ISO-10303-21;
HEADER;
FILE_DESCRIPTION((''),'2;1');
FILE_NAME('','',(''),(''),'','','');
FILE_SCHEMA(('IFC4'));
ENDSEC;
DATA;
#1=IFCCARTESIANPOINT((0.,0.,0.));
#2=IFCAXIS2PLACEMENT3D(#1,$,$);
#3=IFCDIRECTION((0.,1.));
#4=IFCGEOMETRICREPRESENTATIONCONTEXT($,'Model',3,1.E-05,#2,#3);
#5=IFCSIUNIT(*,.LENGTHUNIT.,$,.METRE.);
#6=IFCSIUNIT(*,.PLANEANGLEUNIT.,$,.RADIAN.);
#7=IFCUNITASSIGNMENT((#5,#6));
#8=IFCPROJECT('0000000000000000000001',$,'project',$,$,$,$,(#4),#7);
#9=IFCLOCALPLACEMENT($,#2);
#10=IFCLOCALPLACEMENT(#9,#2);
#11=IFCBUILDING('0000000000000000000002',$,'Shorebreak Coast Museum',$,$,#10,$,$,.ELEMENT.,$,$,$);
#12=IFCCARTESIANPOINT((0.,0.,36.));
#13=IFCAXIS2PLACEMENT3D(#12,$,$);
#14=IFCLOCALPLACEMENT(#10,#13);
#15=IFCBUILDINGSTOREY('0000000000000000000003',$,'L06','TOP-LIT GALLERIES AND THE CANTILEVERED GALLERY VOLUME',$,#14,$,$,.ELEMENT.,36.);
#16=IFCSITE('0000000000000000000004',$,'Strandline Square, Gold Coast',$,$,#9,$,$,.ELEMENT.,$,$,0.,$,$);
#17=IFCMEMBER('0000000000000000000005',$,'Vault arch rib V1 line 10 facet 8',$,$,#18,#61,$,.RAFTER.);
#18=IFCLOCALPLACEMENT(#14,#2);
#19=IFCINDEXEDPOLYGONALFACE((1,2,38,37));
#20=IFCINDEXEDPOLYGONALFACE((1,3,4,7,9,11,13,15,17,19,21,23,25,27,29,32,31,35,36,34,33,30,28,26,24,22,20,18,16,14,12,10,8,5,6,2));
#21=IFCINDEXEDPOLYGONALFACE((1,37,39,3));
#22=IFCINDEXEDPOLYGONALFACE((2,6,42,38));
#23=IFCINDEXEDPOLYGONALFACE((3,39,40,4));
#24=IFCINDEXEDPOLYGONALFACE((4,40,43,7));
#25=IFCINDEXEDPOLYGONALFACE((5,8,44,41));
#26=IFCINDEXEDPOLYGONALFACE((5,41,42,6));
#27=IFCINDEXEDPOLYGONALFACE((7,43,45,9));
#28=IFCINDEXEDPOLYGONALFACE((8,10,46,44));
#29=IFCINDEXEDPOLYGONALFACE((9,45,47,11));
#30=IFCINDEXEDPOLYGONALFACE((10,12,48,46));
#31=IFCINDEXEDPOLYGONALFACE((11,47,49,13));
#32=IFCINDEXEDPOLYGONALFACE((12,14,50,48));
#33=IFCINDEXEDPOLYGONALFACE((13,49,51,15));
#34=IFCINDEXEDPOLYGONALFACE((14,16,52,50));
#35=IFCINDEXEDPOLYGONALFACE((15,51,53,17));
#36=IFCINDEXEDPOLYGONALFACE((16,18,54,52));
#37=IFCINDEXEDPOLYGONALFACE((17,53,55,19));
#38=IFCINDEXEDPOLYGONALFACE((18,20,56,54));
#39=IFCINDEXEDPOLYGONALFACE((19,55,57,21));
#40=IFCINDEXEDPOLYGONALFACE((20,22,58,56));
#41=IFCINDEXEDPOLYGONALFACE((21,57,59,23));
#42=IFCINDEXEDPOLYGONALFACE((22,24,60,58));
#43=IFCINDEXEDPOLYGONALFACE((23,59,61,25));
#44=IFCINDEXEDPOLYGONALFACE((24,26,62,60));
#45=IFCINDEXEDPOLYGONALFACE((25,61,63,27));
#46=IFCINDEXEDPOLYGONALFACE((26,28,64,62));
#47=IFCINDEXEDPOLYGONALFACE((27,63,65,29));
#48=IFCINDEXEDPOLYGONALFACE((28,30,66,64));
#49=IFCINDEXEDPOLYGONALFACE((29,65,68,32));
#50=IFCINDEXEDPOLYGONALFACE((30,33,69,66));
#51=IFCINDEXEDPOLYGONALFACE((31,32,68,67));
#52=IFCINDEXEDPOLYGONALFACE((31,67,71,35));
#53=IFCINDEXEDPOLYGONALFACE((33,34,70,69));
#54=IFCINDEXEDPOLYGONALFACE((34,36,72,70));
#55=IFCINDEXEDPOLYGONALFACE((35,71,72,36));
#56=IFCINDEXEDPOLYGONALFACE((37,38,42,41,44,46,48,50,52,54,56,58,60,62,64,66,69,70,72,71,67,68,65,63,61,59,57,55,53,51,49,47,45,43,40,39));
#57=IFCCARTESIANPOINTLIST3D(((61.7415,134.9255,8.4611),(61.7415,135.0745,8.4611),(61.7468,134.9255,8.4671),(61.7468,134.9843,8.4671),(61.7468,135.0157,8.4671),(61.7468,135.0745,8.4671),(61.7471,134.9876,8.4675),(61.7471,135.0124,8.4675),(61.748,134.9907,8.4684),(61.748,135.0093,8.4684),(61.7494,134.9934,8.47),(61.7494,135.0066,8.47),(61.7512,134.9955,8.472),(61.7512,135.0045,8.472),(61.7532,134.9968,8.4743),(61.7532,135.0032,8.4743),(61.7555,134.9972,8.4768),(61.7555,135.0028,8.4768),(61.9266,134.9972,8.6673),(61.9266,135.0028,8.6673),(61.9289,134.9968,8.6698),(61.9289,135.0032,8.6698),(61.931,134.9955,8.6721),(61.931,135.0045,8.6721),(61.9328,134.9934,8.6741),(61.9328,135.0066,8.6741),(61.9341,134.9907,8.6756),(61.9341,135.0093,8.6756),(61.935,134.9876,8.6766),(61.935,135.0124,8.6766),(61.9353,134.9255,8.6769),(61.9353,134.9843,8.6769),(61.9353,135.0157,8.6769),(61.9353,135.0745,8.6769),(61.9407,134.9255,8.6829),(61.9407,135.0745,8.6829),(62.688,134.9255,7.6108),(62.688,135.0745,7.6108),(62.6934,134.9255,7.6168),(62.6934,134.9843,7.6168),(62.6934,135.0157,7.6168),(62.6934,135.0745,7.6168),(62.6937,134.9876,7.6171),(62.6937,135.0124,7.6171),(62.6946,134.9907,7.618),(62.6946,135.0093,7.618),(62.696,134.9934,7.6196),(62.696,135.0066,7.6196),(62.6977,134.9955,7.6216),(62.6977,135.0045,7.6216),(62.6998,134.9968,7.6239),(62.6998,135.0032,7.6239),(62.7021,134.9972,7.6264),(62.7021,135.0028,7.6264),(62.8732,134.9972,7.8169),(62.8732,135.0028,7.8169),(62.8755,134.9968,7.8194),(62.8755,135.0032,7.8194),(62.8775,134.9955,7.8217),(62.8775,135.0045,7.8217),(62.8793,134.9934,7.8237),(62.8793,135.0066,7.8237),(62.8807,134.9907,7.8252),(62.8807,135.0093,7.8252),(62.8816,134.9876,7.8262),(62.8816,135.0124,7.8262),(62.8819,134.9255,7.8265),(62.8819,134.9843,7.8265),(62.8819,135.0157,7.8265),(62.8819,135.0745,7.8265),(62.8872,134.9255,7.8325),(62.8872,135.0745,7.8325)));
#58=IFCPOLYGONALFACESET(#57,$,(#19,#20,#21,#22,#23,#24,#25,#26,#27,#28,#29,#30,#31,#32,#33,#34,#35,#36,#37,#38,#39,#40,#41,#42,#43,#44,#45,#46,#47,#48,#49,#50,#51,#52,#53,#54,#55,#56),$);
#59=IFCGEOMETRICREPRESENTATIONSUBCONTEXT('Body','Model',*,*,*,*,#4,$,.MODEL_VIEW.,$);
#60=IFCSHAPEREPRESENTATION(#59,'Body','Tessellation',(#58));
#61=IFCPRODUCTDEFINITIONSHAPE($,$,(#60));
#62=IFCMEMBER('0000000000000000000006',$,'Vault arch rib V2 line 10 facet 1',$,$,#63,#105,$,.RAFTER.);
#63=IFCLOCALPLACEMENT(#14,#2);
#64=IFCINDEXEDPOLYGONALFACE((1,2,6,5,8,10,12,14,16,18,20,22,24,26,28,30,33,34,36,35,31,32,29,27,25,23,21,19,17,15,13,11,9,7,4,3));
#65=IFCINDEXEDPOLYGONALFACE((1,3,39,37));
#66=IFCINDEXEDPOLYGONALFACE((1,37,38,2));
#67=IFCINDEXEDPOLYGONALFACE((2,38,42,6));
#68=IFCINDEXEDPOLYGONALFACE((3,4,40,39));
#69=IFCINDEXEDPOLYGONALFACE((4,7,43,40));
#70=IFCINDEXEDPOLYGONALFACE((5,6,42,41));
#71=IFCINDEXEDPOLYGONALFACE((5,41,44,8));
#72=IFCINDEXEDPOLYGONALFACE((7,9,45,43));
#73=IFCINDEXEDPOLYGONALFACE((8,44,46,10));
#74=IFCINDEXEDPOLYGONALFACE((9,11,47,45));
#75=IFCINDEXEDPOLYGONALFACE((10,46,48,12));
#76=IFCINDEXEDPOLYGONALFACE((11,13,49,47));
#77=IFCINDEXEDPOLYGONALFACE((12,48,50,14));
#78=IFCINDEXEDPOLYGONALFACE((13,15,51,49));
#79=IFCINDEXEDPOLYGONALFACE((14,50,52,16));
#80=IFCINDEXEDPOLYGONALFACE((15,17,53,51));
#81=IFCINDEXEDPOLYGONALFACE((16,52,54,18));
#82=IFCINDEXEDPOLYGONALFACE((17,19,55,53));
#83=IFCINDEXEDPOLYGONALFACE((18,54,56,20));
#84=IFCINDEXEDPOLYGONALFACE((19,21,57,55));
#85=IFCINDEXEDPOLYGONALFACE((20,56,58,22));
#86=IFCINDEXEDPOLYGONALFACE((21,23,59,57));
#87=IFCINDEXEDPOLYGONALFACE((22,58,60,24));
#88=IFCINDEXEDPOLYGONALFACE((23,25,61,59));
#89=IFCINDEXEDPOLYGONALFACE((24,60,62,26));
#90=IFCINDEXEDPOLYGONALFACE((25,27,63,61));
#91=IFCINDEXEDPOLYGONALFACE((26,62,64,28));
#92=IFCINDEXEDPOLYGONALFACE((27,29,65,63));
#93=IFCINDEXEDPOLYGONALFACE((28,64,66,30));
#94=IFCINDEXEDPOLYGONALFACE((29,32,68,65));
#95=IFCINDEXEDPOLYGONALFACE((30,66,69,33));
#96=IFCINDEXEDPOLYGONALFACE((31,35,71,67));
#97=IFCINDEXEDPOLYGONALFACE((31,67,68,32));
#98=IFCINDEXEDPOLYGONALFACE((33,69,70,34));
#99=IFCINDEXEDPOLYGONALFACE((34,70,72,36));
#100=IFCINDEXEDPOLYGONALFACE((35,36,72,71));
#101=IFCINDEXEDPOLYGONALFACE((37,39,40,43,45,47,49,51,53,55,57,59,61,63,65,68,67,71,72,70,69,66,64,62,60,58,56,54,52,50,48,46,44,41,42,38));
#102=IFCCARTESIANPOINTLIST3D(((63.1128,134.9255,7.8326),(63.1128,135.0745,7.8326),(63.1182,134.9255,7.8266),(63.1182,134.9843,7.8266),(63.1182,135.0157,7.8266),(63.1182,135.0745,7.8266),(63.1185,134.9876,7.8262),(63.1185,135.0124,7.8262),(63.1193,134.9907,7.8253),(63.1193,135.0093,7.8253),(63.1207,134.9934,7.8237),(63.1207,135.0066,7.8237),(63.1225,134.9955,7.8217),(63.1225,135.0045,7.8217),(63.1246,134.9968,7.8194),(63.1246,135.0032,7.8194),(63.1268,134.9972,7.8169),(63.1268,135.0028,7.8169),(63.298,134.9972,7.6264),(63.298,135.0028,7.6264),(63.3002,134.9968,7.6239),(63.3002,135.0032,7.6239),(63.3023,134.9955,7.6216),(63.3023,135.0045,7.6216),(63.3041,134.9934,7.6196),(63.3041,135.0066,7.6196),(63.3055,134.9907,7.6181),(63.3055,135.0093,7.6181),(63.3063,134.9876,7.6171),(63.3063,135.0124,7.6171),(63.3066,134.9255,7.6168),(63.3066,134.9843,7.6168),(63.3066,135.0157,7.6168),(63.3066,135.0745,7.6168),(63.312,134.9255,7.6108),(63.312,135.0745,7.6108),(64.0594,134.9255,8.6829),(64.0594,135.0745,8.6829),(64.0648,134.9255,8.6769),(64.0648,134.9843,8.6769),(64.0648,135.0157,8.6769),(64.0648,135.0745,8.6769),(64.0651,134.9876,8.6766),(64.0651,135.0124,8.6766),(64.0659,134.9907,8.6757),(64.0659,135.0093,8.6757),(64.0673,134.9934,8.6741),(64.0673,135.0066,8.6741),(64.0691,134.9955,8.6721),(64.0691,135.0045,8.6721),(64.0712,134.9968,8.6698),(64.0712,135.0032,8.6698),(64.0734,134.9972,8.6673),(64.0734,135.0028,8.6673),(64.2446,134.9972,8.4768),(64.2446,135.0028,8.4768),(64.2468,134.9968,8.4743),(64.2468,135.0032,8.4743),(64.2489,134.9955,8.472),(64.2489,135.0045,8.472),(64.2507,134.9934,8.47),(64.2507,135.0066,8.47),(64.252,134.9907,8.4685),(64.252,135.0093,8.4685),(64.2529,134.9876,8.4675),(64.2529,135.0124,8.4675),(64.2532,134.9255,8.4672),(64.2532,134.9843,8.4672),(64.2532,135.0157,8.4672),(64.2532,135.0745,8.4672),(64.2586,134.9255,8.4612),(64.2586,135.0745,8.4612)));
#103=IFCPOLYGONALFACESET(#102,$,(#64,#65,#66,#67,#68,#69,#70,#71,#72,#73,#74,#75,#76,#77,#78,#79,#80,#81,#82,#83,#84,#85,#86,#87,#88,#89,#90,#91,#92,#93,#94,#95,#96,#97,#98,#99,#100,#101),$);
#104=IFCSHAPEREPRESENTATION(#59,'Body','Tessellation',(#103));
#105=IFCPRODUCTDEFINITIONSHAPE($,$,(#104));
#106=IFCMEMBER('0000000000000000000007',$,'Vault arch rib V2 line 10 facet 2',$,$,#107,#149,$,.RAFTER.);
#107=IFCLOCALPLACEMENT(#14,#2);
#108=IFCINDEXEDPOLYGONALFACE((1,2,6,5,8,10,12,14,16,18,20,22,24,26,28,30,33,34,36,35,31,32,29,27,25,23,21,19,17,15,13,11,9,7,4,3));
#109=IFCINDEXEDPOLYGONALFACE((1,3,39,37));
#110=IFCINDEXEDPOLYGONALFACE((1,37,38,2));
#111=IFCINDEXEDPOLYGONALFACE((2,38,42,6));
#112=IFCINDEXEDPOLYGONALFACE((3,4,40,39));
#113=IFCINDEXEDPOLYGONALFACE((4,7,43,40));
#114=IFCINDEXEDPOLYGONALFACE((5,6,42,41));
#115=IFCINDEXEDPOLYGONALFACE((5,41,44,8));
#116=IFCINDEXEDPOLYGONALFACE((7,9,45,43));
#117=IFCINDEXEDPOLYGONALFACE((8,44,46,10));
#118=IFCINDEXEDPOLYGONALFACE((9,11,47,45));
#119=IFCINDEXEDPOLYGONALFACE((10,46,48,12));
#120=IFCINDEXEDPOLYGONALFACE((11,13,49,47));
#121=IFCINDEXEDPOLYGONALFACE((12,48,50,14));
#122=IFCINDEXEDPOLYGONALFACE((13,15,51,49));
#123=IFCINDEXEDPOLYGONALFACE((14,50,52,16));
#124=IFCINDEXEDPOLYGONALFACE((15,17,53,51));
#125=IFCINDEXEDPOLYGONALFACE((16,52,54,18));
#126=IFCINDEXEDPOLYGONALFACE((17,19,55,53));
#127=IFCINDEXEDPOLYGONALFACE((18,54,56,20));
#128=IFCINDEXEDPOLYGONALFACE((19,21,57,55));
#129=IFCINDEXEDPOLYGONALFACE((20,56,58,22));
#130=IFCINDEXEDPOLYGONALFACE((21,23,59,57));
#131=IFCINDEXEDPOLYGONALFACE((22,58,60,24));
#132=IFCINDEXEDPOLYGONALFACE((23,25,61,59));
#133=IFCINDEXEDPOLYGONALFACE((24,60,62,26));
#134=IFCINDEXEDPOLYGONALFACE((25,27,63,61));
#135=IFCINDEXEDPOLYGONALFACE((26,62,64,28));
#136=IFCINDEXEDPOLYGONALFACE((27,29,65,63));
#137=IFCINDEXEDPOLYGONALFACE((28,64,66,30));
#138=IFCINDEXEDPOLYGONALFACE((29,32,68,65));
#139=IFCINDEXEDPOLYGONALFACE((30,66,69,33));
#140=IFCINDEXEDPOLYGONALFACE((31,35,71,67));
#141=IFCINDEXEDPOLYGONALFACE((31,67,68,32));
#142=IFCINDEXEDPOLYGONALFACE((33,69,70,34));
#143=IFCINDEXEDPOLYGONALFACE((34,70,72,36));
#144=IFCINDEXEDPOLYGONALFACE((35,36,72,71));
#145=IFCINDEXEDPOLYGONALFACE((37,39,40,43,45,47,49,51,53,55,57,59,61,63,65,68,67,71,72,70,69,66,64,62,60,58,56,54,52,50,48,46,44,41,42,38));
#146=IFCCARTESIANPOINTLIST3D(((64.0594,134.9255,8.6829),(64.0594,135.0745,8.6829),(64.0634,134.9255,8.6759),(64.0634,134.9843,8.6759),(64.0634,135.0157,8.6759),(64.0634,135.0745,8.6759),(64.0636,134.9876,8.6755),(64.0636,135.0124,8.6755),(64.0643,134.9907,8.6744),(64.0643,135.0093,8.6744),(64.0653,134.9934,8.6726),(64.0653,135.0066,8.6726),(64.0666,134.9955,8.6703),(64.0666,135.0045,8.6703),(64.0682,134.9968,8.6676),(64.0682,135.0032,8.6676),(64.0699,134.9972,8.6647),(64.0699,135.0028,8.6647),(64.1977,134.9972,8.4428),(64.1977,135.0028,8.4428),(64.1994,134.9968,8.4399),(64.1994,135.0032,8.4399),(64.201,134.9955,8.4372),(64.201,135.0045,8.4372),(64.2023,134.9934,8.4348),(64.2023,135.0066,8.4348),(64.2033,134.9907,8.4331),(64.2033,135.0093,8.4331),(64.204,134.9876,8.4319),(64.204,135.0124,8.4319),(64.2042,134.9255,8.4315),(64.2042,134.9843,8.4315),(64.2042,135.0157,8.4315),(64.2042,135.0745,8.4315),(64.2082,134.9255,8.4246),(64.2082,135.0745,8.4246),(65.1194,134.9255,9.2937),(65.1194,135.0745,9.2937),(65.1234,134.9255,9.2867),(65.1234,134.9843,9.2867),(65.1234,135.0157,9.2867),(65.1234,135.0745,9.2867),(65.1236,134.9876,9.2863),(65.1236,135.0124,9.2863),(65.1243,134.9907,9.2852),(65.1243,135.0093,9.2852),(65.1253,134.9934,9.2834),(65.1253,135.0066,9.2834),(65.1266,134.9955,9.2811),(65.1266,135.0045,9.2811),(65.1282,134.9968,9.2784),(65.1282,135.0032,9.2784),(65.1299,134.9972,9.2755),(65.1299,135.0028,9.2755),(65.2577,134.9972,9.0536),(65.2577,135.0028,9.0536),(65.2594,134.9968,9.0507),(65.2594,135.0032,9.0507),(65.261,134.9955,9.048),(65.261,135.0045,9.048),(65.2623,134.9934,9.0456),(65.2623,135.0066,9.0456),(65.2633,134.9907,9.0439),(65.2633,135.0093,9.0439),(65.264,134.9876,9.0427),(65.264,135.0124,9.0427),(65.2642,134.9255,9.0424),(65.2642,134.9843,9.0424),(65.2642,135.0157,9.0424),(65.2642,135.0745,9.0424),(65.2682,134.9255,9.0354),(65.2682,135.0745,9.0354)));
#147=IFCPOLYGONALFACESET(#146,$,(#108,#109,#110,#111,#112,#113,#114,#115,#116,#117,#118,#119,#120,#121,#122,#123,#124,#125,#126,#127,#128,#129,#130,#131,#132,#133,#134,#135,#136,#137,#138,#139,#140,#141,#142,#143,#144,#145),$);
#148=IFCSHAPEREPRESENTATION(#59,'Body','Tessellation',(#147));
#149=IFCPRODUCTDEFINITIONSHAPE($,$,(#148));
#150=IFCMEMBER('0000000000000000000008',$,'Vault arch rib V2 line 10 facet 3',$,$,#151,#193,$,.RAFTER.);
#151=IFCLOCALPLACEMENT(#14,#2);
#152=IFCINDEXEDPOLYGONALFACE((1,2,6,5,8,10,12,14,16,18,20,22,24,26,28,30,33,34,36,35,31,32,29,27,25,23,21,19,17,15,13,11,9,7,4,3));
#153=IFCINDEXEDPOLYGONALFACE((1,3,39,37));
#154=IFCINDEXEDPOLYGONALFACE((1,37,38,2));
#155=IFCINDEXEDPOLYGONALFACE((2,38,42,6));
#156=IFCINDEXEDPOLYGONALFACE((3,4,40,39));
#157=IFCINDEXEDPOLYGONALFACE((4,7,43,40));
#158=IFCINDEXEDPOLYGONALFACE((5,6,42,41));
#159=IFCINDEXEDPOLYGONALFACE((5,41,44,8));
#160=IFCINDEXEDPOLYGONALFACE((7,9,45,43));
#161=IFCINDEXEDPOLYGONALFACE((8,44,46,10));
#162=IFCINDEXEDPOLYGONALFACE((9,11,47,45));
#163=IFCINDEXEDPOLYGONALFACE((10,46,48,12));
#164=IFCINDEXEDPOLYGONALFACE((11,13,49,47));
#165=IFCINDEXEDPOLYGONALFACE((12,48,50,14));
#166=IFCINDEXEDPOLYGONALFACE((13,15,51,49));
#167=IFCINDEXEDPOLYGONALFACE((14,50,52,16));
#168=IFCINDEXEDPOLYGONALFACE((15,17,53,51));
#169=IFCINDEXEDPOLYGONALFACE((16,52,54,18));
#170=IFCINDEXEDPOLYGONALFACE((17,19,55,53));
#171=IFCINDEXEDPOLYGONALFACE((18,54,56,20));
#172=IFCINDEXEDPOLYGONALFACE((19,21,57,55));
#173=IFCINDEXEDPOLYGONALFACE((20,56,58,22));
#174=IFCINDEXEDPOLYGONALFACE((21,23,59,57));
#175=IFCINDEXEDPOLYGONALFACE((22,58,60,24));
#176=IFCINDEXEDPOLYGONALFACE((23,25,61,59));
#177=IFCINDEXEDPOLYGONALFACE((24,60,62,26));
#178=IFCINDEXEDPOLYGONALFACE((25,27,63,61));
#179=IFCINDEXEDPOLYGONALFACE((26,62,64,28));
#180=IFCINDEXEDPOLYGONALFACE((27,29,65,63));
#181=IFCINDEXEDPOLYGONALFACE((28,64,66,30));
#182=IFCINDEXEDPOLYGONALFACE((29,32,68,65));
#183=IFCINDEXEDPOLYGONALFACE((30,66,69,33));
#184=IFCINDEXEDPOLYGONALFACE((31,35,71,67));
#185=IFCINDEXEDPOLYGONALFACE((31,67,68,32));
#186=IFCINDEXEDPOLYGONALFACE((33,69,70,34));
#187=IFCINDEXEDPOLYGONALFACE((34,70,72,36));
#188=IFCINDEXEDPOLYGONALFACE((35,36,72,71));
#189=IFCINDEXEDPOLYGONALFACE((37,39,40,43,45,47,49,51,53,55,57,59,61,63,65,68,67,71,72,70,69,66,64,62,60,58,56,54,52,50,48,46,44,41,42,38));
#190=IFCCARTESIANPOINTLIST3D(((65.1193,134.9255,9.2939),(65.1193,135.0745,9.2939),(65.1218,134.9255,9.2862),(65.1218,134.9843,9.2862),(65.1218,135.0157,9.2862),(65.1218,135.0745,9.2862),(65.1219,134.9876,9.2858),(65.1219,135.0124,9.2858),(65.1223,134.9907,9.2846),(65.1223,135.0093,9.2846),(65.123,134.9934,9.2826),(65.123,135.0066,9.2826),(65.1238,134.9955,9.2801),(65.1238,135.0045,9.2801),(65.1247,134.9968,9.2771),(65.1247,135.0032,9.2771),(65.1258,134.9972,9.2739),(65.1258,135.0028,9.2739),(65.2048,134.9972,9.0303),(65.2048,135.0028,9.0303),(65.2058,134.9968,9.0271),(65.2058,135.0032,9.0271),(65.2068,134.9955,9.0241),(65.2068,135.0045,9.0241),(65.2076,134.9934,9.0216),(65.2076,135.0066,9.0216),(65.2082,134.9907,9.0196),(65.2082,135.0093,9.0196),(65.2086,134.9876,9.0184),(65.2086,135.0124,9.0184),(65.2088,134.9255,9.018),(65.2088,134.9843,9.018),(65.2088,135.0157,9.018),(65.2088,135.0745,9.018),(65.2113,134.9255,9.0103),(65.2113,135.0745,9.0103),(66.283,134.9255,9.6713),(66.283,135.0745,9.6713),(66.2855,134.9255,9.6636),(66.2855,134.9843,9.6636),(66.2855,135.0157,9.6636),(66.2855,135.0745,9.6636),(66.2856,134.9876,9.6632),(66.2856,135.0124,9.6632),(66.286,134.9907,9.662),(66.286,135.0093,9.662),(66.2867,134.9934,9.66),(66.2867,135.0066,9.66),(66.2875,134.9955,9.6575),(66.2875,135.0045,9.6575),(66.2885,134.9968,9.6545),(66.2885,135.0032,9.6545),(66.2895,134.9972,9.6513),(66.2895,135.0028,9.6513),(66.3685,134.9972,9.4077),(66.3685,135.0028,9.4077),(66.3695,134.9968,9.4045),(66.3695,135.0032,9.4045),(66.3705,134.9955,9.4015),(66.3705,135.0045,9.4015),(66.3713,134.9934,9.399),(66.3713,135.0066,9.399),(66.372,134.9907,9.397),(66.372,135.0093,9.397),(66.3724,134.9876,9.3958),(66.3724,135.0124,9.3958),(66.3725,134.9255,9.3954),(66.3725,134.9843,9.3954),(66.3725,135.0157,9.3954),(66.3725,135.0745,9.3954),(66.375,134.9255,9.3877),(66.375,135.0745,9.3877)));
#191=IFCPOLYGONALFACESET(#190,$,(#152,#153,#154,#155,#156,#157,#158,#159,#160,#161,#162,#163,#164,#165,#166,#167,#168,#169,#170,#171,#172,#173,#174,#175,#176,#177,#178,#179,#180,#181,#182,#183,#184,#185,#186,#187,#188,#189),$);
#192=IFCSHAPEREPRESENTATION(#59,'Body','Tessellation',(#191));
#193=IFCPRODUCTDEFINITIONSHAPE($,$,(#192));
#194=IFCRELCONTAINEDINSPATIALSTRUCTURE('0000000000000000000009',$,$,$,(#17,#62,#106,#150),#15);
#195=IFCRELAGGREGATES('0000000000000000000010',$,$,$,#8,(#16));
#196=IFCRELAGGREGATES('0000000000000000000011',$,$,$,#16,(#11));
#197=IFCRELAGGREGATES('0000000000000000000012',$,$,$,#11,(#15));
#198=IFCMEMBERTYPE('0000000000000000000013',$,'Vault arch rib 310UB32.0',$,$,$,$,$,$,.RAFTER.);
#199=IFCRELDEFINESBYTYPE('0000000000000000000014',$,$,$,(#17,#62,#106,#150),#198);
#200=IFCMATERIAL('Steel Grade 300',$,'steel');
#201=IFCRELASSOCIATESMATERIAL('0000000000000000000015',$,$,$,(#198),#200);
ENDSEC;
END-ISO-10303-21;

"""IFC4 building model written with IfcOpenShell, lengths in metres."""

from ifc_helpers import new_model, si_unit, direction, frame, origin, origin_2d, place, context, subcontext, project, spatial, i_section, extrude, material, material_profile, profile_set, type_object, element, save


model = new_model("IFC4")

# Units and contexts
model_context = context("Model", 3, precision=1e-05, world=origin(), true_north=direction((0.0, 1.0)))
body_context = subcontext(model_context, "Body", "Model", "MODEL_VIEW")
ifc_project = project(units=[si_unit("LENGTHUNIT", "METRE"), si_unit("PLANEANGLEUNIT", "RADIAN")], contexts=[model_context])

# Site, building, storey
site_placement = place(None, origin())
site = spatial("IfcSite", under=ifc_project, at=site_placement, Name="Strandline Square, Gold Coast", CompositionType="ELEMENT", RefElevation=0.0)
building_placement = place(site_placement, origin())
building = spatial("IfcBuilding", under=site, at=building_placement, Name="Shorebreak Coast Museum", CompositionType="ELEMENT")
storey_placement = place(building_placement, frame((0.0, 0.0, 36.0)))
storey = spatial("IfcBuildingStorey", under=building, at=storey_placement, Name="L06", Description="TOP-LIT GALLERIES AND THE CANTILEVERED GALLERY VOLUME", CompositionType="ELEMENT", Elevation=36.0)

# Members
ifc_material_1 = material(Name="Steel Grade 300", Category="steel")
ifc_material_profile_1 = material_profile(ifc_material_1, i_section(OverallWidth=0.1489, OverallDepth=0.2981, WebThickness=0.0056, FlangeThickness=0.0081, FilletRadius=0.0129, at=origin_2d()), Name="310UB32.0")
ifc_profile_set_1 = profile_set([ifc_material_profile_1], Name="Steel Grade 300")
member_type_1 = type_object("IfcMemberType", Name="Vault arch rib 310UB32.0", PredefinedType="RAFTER", material=ifc_profile_set_1)
for number, where, z_axis, x_axis, name in (
    (1, (61.8411, 135.0, 8.572), (0.743895, 0.0, -0.668297), (0.0, 1.0, 0.0), "Vault arch rib V1 line 10 facet 8"),
    (2, (63.2124, 135.0, 7.7217), (0.743895, 0.0, 0.668297), (0.0, 1.0, 0.0), "Vault arch rib V2 line 10 facet 1"),
):
    element("IfcMember", number, at=place(storey_placement, frame(where, z_axis=z_axis, x_axis=x_axis)), inside=storey, type_object=member_type_1, Name=name, PredefinedType="RAFTER", context=body_context, shape_type="SweptSolid", body=[
        extrude(i_section(OverallWidth=0.1489, OverallDepth=0.2981, WebThickness=0.0056, FlangeThickness=0.0081, FilletRadius=0.0129, at=origin_2d()), origin(), (0.0, 0.0, 1.0), 1.2725),
    ])
for number, where, z_axis, x_axis, name in (
    (3, (64.1338, 135.0, 8.5537), (0.866445, 0.0, 0.499273), (0.0, 1.0, 0.0), "Vault arch rib V2 line 10 facet 2"),
    (4, (65.1653, 135.0, 9.1521), (0.951226, 0.0, 0.308495), (0.0, 1.0, 0.0), "Vault arch rib V2 line 10 facet 3"),
):
    element("IfcMember", number, at=place(storey_placement, frame(where, z_axis=z_axis, x_axis=x_axis)), inside=storey, type_object=member_type_1, Name=name, PredefinedType="RAFTER", context=body_context, shape_type="SweptSolid", body=[
        extrude(i_section(OverallWidth=0.1489, OverallDepth=0.2981, WebThickness=0.0056, FlangeThickness=0.0081, FilletRadius=0.0129, at=origin_2d()), origin(), (0.0, 0.0, 1.0), 1.2234),
    ])

save(model, "model.ifc")
